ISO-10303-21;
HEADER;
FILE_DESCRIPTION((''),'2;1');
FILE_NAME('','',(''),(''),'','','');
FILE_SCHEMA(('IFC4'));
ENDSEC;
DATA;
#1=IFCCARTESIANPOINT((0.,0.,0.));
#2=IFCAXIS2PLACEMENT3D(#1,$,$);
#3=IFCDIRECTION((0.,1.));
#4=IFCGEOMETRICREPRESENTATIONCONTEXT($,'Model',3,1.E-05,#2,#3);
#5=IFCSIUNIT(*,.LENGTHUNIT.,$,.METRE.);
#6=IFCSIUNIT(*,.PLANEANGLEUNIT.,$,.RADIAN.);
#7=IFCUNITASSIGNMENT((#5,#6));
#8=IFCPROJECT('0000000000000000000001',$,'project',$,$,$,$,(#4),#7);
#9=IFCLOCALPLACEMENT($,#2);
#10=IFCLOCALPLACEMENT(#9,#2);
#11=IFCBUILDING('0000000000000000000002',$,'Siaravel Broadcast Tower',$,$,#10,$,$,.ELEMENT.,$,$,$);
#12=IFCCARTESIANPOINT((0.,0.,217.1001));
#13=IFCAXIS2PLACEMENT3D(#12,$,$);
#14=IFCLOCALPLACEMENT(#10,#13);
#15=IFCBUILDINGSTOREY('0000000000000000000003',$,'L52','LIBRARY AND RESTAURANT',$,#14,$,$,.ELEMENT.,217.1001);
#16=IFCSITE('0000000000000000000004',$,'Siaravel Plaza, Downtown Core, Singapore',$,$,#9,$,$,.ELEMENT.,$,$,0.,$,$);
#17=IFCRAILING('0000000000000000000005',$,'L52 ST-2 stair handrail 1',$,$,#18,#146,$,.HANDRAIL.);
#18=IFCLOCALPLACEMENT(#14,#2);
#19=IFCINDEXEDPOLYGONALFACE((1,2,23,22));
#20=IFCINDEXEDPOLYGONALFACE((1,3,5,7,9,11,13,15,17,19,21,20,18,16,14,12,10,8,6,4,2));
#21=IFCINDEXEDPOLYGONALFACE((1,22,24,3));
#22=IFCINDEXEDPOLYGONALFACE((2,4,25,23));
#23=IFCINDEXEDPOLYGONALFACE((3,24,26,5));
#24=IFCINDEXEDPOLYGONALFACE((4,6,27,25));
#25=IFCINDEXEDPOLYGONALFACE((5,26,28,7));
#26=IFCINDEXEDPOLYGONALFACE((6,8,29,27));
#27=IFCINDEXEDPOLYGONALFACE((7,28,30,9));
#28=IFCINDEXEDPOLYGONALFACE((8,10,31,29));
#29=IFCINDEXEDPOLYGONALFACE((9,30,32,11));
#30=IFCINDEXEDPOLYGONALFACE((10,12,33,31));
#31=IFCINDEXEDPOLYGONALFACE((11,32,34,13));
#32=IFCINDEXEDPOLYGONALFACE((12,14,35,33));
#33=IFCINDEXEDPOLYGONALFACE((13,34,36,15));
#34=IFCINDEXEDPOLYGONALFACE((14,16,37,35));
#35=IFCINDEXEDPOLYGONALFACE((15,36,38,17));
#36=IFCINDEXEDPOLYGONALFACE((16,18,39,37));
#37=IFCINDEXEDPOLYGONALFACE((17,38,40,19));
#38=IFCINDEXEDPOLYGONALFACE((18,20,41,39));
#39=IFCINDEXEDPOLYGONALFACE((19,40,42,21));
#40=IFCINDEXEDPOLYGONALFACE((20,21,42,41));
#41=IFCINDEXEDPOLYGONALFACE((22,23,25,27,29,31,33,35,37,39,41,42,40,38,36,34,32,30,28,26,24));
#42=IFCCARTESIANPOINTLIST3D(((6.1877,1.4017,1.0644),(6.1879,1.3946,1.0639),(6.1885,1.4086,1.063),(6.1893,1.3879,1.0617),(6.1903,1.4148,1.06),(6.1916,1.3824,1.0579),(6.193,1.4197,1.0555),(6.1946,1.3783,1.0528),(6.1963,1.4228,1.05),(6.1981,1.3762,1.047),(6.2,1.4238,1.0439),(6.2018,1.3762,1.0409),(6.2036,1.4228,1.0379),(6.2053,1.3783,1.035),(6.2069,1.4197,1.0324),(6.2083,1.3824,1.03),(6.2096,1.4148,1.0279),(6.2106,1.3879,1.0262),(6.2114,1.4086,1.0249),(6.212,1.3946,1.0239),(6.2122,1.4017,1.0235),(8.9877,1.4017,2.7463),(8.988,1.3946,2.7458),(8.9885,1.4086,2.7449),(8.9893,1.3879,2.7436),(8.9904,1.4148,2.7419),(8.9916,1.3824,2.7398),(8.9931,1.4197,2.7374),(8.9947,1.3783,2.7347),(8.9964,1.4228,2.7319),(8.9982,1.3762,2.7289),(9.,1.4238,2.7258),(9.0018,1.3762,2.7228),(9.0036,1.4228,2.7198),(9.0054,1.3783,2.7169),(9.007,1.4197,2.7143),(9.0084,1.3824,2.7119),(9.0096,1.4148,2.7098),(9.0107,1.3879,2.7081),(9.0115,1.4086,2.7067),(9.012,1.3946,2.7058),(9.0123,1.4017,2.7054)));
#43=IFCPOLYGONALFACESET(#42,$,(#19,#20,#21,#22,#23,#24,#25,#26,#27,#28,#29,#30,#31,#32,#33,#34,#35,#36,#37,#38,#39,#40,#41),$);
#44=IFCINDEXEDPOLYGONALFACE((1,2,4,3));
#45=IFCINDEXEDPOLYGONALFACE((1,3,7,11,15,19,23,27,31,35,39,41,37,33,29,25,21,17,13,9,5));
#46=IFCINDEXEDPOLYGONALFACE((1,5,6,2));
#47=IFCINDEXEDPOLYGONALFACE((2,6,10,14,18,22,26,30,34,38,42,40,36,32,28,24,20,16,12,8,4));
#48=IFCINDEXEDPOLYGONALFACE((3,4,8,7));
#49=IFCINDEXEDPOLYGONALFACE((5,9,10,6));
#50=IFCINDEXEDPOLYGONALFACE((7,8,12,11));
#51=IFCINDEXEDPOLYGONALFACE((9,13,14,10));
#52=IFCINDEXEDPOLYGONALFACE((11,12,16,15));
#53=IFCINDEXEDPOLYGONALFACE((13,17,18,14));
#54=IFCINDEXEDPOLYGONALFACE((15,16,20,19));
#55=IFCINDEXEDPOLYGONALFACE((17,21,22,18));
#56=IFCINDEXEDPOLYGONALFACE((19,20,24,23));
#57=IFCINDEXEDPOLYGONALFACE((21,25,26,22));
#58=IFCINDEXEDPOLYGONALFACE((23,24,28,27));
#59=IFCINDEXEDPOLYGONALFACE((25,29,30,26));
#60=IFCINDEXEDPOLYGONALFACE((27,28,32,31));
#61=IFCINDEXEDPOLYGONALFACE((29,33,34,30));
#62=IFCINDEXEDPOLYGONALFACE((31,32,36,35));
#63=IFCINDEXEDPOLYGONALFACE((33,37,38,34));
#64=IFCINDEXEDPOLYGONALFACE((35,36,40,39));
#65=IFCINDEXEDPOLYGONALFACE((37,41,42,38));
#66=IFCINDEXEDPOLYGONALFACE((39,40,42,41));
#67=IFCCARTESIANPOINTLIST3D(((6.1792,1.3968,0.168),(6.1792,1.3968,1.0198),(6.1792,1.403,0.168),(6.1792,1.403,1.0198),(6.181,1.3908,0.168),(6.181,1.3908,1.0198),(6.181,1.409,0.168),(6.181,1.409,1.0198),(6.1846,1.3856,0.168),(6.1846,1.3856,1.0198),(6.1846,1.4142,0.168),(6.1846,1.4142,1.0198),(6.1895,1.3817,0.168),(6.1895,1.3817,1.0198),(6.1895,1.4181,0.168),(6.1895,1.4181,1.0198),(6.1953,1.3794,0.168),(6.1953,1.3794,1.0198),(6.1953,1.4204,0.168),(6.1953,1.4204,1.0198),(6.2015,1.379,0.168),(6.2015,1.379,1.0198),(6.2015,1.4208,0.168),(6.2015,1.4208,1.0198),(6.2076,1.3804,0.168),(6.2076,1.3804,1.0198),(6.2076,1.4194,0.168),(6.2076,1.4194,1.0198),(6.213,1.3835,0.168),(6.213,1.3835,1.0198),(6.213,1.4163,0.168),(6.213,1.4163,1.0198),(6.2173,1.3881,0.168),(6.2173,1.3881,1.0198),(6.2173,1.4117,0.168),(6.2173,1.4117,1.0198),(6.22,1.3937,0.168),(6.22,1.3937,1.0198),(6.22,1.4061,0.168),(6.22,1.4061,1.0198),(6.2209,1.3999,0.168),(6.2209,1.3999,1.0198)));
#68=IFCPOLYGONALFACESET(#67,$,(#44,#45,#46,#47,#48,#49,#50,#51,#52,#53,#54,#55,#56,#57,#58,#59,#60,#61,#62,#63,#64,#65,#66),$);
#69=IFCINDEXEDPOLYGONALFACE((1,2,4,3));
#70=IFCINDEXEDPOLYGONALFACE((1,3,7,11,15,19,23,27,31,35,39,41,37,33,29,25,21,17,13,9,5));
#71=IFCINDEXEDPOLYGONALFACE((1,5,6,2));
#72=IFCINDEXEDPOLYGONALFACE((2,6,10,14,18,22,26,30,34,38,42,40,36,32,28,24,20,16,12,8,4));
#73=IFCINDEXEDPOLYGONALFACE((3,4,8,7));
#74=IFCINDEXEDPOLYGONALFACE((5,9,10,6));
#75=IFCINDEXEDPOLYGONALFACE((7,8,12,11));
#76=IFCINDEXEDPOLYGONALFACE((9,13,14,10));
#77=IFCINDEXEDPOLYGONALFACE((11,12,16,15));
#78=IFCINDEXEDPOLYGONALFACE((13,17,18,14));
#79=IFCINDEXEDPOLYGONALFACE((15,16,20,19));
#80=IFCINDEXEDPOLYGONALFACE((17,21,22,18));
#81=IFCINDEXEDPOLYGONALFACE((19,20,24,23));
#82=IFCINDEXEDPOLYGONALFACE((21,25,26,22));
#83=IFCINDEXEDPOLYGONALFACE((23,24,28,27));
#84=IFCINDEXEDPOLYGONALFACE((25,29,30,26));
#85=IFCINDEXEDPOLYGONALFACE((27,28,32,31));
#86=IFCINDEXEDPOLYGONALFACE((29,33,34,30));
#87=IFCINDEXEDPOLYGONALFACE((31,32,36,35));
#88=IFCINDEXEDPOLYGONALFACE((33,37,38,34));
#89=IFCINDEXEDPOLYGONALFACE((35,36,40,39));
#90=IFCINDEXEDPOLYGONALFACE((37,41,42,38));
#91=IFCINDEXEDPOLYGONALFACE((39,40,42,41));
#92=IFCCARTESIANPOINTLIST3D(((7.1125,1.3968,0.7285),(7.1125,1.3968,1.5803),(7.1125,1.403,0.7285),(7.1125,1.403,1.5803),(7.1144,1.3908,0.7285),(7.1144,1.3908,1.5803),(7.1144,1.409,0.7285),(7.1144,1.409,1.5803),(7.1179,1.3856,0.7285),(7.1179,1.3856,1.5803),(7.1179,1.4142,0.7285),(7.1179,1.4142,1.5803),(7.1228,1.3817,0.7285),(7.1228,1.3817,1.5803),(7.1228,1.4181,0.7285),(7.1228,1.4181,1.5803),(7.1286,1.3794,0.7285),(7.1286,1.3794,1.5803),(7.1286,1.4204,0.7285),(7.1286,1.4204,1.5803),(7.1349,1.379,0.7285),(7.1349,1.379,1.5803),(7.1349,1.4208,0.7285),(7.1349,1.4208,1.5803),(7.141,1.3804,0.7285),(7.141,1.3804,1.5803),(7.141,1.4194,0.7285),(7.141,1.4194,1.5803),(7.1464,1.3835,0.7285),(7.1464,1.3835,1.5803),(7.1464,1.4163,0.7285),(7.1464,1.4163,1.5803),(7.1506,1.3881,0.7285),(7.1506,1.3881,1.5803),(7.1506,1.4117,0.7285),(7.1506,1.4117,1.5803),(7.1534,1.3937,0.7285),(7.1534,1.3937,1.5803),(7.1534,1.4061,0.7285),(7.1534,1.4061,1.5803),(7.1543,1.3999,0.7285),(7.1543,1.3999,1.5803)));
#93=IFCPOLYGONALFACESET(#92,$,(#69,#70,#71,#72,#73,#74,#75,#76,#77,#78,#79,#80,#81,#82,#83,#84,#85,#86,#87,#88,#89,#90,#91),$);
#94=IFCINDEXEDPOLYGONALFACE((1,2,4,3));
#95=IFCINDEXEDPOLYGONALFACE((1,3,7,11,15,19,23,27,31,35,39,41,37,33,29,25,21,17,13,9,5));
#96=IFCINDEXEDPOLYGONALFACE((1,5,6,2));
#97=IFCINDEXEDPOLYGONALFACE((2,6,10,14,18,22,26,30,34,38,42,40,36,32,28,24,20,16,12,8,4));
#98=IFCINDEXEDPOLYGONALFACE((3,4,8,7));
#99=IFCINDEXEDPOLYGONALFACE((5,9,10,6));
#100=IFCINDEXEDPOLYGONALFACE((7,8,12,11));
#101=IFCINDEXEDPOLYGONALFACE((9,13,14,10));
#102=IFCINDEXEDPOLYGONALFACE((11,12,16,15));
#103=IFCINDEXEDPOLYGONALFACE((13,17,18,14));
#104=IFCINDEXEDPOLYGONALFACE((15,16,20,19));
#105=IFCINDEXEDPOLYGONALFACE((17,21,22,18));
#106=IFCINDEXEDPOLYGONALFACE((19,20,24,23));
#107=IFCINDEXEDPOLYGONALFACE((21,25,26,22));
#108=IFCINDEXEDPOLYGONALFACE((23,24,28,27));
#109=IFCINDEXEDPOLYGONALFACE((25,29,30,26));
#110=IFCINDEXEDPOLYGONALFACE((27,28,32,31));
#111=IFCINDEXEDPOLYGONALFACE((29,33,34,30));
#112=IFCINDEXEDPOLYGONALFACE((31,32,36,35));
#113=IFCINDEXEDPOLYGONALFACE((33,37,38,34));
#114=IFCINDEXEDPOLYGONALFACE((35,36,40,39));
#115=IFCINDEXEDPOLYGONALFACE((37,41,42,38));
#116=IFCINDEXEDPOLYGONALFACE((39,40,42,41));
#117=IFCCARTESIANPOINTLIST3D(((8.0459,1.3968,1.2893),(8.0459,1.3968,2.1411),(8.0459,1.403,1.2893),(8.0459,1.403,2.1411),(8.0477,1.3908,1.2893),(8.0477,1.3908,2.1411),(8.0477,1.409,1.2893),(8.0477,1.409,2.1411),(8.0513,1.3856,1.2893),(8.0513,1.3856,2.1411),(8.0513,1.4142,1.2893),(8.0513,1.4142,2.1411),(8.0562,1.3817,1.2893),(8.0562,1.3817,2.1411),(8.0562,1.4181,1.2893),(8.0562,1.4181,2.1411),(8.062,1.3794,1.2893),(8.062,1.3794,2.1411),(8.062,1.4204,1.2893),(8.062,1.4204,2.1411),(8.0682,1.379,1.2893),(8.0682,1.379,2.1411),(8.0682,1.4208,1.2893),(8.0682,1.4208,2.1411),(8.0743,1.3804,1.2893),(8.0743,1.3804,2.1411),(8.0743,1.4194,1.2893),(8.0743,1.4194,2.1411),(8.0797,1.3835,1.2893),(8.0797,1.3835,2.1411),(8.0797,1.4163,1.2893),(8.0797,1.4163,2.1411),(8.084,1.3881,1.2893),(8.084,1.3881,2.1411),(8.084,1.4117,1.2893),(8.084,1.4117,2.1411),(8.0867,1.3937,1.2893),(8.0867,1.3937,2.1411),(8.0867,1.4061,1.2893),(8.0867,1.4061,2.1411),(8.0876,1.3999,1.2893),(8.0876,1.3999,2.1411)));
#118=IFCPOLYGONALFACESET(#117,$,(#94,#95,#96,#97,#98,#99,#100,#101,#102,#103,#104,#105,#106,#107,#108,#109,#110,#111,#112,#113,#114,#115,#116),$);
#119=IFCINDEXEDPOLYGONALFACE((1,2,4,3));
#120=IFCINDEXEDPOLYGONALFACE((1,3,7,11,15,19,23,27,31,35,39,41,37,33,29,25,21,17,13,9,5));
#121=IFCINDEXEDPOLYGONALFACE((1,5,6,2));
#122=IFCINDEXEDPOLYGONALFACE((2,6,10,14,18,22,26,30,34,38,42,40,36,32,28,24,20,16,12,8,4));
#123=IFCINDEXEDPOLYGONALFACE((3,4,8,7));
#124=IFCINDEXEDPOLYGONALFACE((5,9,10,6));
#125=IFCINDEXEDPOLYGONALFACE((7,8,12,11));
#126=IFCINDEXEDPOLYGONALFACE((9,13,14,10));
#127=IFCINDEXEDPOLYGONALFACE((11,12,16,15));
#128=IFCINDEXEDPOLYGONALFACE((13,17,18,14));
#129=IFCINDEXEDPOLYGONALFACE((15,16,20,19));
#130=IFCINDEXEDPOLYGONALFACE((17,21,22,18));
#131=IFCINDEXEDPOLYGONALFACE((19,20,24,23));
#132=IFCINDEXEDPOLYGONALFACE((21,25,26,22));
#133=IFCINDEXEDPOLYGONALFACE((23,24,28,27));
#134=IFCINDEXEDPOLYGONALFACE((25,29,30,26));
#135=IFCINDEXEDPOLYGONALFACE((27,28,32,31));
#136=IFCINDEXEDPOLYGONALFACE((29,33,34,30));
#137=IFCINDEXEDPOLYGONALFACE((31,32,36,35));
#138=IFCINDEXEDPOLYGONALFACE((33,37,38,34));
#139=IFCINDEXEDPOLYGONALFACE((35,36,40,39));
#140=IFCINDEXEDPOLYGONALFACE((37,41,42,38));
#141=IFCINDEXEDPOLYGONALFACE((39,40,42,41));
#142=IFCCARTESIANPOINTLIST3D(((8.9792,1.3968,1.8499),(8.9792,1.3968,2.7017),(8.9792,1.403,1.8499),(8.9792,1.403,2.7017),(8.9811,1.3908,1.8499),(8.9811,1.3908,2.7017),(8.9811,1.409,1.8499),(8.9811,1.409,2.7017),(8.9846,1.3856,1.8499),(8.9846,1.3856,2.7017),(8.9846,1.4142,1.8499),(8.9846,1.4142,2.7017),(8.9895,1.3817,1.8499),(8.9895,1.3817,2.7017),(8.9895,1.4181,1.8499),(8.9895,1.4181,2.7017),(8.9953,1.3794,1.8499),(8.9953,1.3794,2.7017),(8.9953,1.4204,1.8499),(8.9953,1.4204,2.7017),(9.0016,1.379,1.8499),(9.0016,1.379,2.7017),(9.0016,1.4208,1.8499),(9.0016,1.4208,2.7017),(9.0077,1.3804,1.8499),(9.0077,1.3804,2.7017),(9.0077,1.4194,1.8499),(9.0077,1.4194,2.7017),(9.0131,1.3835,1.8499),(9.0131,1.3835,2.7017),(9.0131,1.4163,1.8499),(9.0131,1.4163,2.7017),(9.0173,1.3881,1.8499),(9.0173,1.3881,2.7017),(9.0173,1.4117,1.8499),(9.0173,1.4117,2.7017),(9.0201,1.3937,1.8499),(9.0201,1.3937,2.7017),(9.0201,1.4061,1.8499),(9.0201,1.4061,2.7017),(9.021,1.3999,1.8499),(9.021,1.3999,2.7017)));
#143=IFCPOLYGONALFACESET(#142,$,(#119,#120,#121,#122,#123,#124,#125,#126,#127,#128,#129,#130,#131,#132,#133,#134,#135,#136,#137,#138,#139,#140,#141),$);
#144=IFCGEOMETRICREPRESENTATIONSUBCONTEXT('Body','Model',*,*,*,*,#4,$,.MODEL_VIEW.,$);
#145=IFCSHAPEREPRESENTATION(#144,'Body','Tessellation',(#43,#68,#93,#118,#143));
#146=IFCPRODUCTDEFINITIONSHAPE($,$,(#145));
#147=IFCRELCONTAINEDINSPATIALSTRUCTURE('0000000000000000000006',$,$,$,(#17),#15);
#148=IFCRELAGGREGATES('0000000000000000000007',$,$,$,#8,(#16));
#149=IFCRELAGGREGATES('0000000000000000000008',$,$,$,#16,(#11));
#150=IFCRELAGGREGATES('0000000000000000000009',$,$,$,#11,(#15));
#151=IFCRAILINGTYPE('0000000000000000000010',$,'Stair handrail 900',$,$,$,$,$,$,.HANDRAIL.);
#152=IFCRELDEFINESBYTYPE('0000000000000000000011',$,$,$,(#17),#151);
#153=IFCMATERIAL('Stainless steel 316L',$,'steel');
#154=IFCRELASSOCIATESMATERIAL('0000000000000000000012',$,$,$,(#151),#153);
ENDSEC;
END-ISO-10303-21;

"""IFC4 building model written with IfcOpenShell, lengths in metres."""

from ifc_helpers import new_model, si_unit, direction, frame, origin, origin_2d, place, context, subcontext, project, spatial, circle, extrude, material, type_object, element, save


model = new_model("IFC4")

# Units and contexts
model_context = context("Model", 3, precision=1e-05, world=origin(), true_north=direction((0.0, 1.0)))
body_context = subcontext(model_context, "Body", "Model", "MODEL_VIEW")
ifc_project = project(units=[si_unit("LENGTHUNIT", "METRE"), si_unit("PLANEANGLEUNIT", "RADIAN")], contexts=[model_context])

# Site, building, storey
site_placement = place(None, origin())
site = spatial("IfcSite", under=ifc_project, at=site_placement, Name="Siaravel Plaza, Downtown Core, Singapore", CompositionType="ELEMENT", RefElevation=0.0)
building_placement = place(site_placement, origin())
building = spatial("IfcBuilding", under=site, at=building_placement, Name="Siaravel Broadcast Tower", CompositionType="ELEMENT")
storey_placement = place(building_placement, frame((0.0, 0.0, 217.1001)))
storey = spatial("IfcBuildingStorey", under=building, at=storey_placement, Name="L52", Description="LIBRARY AND RESTAURANT", CompositionType="ELEMENT", Elevation=217.1001)

# Railing
ifc_material_1 = material(Name="Stainless steel 316L", Category="steel")
railing_type_1 = type_object("IfcRailingType", Name="Stair handrail 900", PredefinedType="HANDRAIL", material=ifc_material_1)
railing_1_placement = place(storey_placement, frame((6.2, 1.3999, 0.168)))
element("IfcRailing", 1, at=railing_1_placement, inside=storey, type_object=railing_type_1, Name="L52 ST-2 stair handrail 1", PredefinedType="HANDRAIL", context=body_context, shape_type="SweptSolid", body=[
    extrude(circle(Radius=0.0239, at=origin_2d()), frame((0.0, 0.0, 0.876), z_axis=(0.857242, 0.0, 0.514913), x_axis=(0.0, 1.0, 0.0)), (0.0, 0.0, 1.0), 3.2664),
    extrude(circle(Radius=0.021, at=origin_2d()), origin(), (0.0, 0.0, 1.0), 0.8518),
    extrude(circle(Radius=0.021, at=origin_2d()), frame((0.9333, 0.0, 0.5605)), (0.0, 0.0, 1.0), 0.8518),
    extrude(circle(Radius=0.021, at=origin_2d()), frame((1.8667, 0.0, 1.1213)), (0.0, 0.0, 1.0), 0.8518),
    extrude(circle(Radius=0.021, at=origin_2d()), frame((2.8, 0.0, 1.6819)), (0.0, 0.0, 1.0), 0.8518),
])

save(model, "model.ifc")
